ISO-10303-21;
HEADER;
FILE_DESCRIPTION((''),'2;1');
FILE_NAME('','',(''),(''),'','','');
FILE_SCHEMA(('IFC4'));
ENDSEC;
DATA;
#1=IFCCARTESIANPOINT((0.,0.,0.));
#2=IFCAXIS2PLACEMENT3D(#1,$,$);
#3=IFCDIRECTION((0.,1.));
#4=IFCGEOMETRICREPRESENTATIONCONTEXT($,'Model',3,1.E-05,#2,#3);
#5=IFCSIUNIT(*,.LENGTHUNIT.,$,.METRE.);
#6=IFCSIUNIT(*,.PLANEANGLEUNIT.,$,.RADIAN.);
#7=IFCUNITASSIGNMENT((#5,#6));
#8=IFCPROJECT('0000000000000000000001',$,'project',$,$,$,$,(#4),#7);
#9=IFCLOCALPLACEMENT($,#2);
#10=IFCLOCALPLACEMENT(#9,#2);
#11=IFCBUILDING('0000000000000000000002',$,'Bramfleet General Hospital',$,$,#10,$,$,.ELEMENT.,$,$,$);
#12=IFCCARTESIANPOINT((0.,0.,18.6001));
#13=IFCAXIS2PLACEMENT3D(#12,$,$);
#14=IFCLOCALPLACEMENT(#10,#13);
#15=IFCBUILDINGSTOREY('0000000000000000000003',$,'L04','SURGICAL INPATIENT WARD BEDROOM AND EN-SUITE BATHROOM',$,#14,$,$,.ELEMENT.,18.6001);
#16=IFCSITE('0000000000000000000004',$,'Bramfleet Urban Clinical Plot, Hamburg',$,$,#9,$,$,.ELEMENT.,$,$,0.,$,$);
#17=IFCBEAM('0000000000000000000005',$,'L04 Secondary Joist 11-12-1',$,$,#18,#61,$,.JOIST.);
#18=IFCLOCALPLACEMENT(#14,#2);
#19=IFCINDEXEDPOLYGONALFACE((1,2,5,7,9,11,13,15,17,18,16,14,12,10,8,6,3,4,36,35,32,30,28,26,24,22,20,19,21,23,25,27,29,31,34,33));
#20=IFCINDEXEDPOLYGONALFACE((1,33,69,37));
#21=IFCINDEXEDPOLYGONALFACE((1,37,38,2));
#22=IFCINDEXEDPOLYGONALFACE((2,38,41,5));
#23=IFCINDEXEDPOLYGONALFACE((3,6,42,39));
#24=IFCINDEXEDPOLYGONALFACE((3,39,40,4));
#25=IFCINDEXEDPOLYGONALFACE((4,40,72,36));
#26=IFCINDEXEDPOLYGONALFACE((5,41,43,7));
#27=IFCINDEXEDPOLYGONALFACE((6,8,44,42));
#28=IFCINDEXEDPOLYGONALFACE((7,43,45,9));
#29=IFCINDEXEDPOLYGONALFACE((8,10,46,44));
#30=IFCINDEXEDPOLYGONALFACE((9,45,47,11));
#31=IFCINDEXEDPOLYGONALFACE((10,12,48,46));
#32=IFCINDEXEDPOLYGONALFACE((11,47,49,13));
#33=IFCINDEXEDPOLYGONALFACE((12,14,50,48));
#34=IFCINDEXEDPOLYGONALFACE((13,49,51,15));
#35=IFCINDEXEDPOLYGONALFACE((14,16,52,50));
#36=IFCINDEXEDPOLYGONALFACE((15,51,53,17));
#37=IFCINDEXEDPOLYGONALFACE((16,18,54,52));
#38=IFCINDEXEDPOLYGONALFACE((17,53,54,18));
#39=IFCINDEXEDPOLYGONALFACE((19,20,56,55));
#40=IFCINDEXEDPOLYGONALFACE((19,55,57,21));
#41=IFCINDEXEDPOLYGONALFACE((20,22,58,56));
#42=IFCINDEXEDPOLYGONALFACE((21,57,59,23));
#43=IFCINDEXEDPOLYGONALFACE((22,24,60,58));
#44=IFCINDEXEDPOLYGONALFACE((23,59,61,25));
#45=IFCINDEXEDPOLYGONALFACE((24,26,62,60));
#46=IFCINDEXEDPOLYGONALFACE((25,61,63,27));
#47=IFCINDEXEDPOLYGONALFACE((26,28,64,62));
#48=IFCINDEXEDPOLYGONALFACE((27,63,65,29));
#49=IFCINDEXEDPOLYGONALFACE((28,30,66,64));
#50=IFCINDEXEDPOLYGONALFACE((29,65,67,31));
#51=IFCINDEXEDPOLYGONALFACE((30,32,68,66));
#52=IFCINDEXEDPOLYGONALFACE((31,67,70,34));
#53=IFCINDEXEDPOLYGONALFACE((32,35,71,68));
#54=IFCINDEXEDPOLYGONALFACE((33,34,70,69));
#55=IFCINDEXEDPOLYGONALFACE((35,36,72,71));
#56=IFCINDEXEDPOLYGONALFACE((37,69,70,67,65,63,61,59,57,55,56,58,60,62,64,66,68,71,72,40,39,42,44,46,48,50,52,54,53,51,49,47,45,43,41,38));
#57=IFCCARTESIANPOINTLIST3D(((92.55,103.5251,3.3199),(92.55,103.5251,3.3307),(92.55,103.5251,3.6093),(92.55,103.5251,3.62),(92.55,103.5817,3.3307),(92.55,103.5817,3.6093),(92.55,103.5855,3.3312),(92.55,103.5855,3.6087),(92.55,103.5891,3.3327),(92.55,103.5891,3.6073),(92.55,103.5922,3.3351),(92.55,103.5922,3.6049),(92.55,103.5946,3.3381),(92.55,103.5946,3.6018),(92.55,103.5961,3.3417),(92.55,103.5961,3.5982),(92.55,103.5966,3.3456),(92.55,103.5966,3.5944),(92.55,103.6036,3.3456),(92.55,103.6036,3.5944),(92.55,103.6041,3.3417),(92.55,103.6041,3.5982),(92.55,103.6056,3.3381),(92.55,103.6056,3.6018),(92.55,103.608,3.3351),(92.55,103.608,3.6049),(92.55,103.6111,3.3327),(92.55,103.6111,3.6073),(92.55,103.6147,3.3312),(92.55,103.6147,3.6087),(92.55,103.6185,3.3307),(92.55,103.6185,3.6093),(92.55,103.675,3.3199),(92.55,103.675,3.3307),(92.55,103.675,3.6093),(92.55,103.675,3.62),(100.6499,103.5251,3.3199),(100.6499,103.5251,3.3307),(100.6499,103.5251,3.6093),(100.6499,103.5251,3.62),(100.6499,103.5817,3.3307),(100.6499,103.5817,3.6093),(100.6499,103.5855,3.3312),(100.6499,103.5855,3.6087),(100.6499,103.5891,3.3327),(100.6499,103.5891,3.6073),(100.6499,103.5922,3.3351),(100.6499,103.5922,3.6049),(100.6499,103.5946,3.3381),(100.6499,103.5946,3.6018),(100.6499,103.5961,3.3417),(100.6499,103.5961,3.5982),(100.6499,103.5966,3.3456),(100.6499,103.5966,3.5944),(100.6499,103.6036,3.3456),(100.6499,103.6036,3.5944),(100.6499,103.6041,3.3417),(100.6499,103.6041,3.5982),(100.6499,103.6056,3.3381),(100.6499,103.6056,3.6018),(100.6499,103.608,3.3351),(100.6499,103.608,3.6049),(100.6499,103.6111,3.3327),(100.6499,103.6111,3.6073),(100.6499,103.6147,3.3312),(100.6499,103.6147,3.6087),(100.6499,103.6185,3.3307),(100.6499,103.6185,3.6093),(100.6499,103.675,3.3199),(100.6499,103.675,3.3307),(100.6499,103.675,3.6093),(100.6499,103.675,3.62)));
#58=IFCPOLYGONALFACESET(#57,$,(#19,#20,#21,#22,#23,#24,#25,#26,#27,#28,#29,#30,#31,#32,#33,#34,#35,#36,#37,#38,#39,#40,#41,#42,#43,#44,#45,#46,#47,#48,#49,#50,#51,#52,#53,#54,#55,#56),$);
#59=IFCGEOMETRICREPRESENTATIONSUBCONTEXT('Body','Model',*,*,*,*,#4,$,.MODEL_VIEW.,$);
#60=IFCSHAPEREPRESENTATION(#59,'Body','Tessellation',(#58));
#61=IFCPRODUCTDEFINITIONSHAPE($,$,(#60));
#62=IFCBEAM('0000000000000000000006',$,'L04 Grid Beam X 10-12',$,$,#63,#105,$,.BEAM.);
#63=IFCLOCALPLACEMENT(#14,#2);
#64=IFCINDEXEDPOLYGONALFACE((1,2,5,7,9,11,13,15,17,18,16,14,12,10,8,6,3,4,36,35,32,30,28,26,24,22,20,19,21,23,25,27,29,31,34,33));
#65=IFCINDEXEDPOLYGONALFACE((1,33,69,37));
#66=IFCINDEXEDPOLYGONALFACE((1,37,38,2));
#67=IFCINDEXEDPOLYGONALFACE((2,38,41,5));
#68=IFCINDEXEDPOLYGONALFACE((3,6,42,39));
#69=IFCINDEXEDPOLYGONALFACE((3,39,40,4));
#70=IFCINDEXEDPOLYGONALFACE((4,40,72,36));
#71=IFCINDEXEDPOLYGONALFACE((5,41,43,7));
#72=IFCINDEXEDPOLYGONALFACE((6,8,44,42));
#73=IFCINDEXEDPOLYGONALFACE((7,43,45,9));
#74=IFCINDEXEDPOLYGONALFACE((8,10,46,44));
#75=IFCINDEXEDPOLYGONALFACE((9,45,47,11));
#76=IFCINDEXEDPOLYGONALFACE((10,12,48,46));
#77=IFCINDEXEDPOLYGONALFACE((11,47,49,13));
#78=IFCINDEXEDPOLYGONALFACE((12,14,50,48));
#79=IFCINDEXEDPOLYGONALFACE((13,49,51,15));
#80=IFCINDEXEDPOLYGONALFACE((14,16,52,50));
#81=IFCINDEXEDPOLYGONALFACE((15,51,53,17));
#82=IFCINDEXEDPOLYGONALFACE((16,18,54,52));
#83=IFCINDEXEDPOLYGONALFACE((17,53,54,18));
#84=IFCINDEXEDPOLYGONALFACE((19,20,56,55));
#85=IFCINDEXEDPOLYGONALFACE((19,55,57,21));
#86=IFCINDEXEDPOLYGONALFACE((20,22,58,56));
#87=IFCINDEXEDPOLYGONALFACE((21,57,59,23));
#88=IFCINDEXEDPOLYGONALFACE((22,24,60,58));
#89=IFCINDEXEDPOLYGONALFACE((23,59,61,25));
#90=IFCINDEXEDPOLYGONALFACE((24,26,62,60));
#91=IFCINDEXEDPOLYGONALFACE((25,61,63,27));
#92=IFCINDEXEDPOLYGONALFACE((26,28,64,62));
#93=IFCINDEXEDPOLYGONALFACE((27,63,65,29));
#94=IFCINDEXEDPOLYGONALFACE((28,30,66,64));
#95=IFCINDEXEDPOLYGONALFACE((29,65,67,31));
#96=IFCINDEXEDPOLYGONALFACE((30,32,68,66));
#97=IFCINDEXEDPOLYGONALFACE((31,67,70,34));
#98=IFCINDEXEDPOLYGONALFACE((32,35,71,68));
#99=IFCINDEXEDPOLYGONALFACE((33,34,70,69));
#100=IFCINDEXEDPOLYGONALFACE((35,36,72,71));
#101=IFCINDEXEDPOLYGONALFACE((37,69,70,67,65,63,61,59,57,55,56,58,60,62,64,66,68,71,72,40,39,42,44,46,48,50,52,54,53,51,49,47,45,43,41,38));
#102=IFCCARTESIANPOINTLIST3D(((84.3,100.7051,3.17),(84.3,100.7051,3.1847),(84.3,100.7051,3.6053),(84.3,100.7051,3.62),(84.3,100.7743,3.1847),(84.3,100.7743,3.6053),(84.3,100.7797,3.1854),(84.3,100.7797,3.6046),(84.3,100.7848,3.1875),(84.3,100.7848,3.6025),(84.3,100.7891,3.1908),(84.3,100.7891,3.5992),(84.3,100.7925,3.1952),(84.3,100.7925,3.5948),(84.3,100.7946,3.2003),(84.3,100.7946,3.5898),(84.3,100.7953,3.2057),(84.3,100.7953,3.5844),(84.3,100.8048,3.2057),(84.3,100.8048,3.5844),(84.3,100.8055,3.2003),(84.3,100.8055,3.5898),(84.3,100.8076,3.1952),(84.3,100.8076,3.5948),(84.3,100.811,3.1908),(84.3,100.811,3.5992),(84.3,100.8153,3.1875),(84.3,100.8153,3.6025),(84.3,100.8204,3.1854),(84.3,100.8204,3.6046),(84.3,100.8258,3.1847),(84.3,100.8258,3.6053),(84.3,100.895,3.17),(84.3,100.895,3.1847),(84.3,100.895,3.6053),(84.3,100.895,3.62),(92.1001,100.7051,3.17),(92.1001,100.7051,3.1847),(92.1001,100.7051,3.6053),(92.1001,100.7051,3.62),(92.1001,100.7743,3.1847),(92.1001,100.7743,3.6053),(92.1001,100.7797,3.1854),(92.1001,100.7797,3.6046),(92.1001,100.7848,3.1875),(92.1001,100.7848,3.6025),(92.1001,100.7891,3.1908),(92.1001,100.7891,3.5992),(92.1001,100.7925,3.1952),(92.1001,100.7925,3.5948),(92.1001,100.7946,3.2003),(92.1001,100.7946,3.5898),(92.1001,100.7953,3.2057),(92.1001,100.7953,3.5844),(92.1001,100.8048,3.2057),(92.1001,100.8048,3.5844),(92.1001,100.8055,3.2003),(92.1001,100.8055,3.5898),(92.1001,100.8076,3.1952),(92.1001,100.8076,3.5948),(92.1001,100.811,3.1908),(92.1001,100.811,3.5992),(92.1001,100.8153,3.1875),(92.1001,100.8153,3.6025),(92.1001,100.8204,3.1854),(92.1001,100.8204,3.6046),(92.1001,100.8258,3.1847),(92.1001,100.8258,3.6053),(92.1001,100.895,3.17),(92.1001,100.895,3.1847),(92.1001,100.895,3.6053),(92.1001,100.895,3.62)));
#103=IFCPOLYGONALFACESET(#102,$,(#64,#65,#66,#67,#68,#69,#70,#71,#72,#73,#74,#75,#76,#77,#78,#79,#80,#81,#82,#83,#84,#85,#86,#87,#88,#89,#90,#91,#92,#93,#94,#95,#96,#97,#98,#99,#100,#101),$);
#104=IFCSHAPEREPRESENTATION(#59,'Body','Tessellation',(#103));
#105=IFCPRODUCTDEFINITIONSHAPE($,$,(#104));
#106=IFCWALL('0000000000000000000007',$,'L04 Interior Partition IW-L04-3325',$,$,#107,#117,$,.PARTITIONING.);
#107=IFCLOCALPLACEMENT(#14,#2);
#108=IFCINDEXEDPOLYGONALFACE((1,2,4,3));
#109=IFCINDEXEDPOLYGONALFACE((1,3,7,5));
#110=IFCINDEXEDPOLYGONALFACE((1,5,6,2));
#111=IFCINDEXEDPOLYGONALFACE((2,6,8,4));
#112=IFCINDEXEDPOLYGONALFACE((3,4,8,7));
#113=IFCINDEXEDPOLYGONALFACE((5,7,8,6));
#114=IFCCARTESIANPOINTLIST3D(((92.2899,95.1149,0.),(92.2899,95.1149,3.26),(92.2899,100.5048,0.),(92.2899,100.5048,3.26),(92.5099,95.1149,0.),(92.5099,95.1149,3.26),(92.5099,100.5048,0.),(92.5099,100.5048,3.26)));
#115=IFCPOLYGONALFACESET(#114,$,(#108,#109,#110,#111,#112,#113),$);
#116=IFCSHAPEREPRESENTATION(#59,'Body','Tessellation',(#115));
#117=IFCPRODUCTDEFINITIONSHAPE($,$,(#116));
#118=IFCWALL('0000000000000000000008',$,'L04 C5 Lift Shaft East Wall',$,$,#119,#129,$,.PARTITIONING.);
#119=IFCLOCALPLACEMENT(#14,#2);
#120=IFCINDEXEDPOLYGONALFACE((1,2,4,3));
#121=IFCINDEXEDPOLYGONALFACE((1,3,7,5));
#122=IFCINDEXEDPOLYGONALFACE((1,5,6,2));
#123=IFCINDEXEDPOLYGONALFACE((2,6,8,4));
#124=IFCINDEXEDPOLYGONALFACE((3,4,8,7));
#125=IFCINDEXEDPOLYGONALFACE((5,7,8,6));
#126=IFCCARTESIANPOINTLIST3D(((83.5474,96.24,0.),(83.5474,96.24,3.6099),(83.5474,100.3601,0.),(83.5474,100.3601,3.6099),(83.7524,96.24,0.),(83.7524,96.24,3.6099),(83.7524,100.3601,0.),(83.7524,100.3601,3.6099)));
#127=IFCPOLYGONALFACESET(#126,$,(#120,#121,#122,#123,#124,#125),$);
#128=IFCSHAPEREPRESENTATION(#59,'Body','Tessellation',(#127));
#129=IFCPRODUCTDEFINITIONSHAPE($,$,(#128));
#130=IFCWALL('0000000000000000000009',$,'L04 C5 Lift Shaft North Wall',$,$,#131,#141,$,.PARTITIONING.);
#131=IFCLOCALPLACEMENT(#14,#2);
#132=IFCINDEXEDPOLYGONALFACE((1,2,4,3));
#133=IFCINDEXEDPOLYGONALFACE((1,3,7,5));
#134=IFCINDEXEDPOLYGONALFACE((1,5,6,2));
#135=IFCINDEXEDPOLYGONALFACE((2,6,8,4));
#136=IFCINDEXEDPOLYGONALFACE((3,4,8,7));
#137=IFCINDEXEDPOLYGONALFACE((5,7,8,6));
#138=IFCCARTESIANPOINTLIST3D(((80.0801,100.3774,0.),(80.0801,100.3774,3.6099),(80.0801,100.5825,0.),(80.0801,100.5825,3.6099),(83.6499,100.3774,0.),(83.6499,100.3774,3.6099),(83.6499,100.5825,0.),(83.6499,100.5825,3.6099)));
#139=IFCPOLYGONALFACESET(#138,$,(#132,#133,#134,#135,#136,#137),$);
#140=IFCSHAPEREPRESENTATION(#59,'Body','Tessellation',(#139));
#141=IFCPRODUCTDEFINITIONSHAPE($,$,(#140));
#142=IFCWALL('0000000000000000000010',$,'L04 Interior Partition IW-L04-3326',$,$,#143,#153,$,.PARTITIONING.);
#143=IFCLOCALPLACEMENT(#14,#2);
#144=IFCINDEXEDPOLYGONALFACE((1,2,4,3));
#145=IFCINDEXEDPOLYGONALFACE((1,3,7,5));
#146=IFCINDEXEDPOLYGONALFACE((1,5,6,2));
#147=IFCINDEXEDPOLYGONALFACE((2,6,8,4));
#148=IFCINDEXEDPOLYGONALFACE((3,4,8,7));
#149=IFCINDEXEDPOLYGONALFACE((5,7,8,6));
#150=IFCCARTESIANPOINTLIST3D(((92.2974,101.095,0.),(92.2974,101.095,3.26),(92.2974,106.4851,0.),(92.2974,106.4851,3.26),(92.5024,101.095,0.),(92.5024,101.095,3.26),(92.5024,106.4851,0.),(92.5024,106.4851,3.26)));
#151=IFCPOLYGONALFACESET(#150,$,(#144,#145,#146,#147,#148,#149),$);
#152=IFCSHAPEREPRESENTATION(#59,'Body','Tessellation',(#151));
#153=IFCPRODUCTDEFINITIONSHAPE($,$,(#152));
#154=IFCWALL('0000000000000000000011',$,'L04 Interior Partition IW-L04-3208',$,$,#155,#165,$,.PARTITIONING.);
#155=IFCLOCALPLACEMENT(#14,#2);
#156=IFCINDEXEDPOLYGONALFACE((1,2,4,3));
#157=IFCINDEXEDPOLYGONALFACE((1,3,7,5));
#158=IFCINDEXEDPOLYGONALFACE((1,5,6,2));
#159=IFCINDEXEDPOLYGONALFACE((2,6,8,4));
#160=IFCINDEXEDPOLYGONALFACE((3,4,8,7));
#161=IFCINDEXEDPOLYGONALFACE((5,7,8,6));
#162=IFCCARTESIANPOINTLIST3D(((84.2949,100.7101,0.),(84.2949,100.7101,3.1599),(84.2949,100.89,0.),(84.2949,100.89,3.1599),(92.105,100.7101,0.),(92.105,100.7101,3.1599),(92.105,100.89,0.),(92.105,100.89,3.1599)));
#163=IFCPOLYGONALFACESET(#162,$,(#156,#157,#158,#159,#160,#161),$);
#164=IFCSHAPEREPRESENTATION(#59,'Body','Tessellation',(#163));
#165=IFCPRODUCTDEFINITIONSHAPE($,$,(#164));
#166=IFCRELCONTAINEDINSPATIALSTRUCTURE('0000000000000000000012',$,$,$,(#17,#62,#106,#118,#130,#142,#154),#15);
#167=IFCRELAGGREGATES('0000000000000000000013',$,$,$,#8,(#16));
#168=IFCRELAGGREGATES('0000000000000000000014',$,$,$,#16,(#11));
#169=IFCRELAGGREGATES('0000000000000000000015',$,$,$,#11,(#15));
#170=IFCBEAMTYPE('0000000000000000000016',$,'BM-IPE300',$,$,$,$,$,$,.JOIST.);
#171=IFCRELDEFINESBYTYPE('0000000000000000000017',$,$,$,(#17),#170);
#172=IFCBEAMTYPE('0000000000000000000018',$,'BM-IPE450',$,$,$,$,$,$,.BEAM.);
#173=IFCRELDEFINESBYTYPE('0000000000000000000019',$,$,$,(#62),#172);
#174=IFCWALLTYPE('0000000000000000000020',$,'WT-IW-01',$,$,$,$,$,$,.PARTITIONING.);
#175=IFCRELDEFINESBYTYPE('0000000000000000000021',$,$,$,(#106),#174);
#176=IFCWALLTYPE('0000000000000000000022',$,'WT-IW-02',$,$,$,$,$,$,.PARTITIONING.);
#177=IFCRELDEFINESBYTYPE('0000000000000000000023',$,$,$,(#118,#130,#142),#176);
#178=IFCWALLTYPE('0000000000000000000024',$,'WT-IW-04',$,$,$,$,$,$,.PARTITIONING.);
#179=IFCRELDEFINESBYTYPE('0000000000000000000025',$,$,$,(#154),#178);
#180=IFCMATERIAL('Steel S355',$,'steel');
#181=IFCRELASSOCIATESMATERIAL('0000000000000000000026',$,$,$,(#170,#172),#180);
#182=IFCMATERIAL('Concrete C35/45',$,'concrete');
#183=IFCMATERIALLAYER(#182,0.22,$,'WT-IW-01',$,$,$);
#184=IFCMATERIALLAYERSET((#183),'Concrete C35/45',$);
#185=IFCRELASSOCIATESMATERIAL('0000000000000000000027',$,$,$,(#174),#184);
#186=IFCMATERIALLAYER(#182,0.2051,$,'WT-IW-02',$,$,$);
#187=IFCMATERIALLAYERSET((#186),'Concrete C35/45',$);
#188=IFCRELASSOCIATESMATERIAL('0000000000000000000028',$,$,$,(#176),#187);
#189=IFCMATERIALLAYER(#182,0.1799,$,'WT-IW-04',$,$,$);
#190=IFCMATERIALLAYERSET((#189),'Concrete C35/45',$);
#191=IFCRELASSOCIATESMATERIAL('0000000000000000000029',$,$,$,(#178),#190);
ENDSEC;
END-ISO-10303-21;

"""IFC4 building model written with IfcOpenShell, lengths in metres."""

from ifc_helpers import new_model, si_unit, direction, frame, frame_2d, origin, origin_2d, place, context, subcontext, project, spatial, rectangle, i_section, extrude, material, layer, layer_set, material_profile, profile_set, type_object, element, save


model = new_model("IFC4")

# Units and contexts
model_context = context("Model", 3, precision=1e-05, world=origin(), true_north=direction((0.0, 1.0)))
body_context = subcontext(model_context, "Body", "Model", "MODEL_VIEW")
ifc_project = project(units=[si_unit("LENGTHUNIT", "METRE"), si_unit("PLANEANGLEUNIT", "RADIAN")], contexts=[model_context])

# Site, building, storey
site_placement = place(None, origin())
site = spatial("IfcSite", under=ifc_project, at=site_placement, Name="Bramfleet Urban Clinical Plot, Hamburg", CompositionType="ELEMENT", RefElevation=0.0)
building_placement = place(site_placement, origin())
building = spatial("IfcBuilding", under=site, at=building_placement, Name="Bramfleet General Hospital", CompositionType="ELEMENT")
storey_placement = place(building_placement, frame((0.0, 0.0, 18.6001)))
storey = spatial("IfcBuildingStorey", under=building, at=storey_placement, Name="L04", Description="SURGICAL INPATIENT WARD BEDROOM AND EN-SUITE BATHROOM", CompositionType="ELEMENT", Elevation=18.6001)

# Beams
ifc_material_1 = material(Name="Steel S355", Category="steel")
ifc_material_profile_1 = material_profile(ifc_material_1, i_section(OverallWidth=0.1499, OverallDepth=0.3, WebThickness=0.0071, FlangeThickness=0.0107, FilletRadius=0.0149, at=origin_2d()), Name="IPE 300")
ifc_profile_set_1 = profile_set([ifc_material_profile_1], Name="Steel S355")
beam_type_1 = type_object("IfcBeamType", Name="BM-IPE300", PredefinedType="JOIST", material=ifc_profile_set_1)
for number, where, z_axis, x_axis, name in (
    (1, (92.55, 103.6001, 3.47), (1.0, 0.0, 0.0), (0.0, 1.0, 0.0), "L04 Secondary Joist 11-12-1"),
):
    element("IfcBeam", number, at=place(storey_placement, frame(where, z_axis=z_axis, x_axis=x_axis)), inside=storey, type_object=beam_type_1, Name=name, PredefinedType="JOIST", context=body_context, shape_type="SweptSolid", body=[
        extrude(i_section(OverallWidth=0.1499, OverallDepth=0.3, WebThickness=0.0071, FlangeThickness=0.0107, FilletRadius=0.0149, at=origin_2d()), origin(), (0.0, 0.0, 1.0), 8.0999),
    ])
ifc_material_profile_2 = material_profile(ifc_material_1, i_section(OverallWidth=0.1899, OverallDepth=0.45, WebThickness=0.0095, FlangeThickness=0.0146, FilletRadius=0.021, at=origin_2d()), Name="IPE 450")
ifc_profile_set_2 = profile_set([ifc_material_profile_2], Name="Steel S355")
beam_type_2 = type_object("IfcBeamType", Name="BM-IPE450", PredefinedType="BEAM", material=ifc_profile_set_2)
beam_placement = place(storey_placement, frame((84.3, 100.8, 3.395), z_axis=(1.0, 0.0, 0.0), x_axis=(0.0, 1.0, 0.0)))
element("IfcBeam", 2, at=beam_placement, inside=storey, type_object=beam_type_2, Name="L04 Grid Beam X 10-12", PredefinedType="BEAM", context=body_context, shape_type="SweptSolid", body=[
    extrude(i_section(OverallWidth=0.1899, OverallDepth=0.45, WebThickness=0.0095, FlangeThickness=0.0146, FilletRadius=0.021, at=origin_2d()), origin(), (0.0, 0.0, 1.0), 7.8),
])

# Wall
ifc_material_2 = material(Name="Concrete C35/45", Category="concrete")
ifc_layer_1 = layer(ifc_material_2, 0.22, Name="WT-IW-01")
ifc_layer_set_1 = layer_set([ifc_layer_1], Name="Concrete C35/45")
wall_type_1 = type_object("IfcWallType", Name="WT-IW-01", PredefinedType="PARTITIONING", material=ifc_layer_set_1)
wall_1_placement = place(storey_placement, frame((92.3999, 95.115, 0.0), z_axis=(0.0, 0.0, 1.0), x_axis=(0.0, 1.0, 0.0)))
element("IfcWall", 3, at=wall_1_placement, inside=storey, type_object=wall_type_1, Name="L04 Interior Partition IW-L04-3325", PredefinedType="PARTITIONING", context=body_context, shape_type="SweptSolid", body=[
    extrude(rectangle(XDim=5.3899, YDim=0.22, at=frame_2d((2.6948, 0.0))), origin(), (0.0, 0.0, 1.0), 3.26),
])

# Shared definitions
ifc_layer_2 = layer(ifc_material_2, 0.2051, Name="WT-IW-02")
ifc_layer_set_2 = layer_set([ifc_layer_2], Name="Concrete C35/45")
wall_type_2 = type_object("IfcWallType", Name="WT-IW-02", PredefinedType="PARTITIONING", material=ifc_layer_set_2)

# Walls
wall_2_placement = place(storey_placement, frame((83.6499, 96.24, 0.0), z_axis=(0.0, 0.0, 1.0), x_axis=(0.0, 1.0, 0.0)))
element("IfcWall", 4, at=wall_2_placement, inside=storey, type_object=wall_type_2, Name="L04 C5 Lift Shaft East Wall", PredefinedType="PARTITIONING", context=body_context, shape_type="SweptSolid", body=[
    extrude(rectangle(XDim=4.1201, YDim=0.2051, at=frame_2d((2.0601, 0.0))), origin(), (0.0, 0.0, 1.0), 3.6099),
])
wall_3_placement = place(storey_placement, frame((80.0801, 100.48, 0.0), z_axis=(0.0, 0.0, 1.0), x_axis=(1.0, 0.0, 0.0)))
element("IfcWall", 5, at=wall_3_placement, inside=storey, type_object=wall_type_2, Name="L04 C5 Lift Shaft North Wall", PredefinedType="PARTITIONING", context=body_context, shape_type="SweptSolid", body=[
    extrude(rectangle(XDim=3.5698, YDim=0.2051, at=frame_2d((1.7849, 0.0))), origin(), (0.0, 0.0, 1.0), 3.6099),
])
wall_4_placement = place(storey_placement, frame((92.3999, 101.095, 0.0), z_axis=(0.0, 0.0, 1.0), x_axis=(0.0, 1.0, 0.0)))
element("IfcWall", 6, at=wall_4_placement, inside=storey, type_object=wall_type_2, Name="L04 Interior Partition IW-L04-3326", PredefinedType="PARTITIONING", context=body_context, shape_type="SweptSolid", body=[
    extrude(rectangle(XDim=5.3901, YDim=0.2051, at=frame_2d((2.6951, 0.0))), origin(), (0.0, 0.0, 1.0), 3.26),
])
ifc_layer_3 = layer(ifc_material_2, 0.1799, Name="WT-IW-04")
ifc_layer_set_3 = layer_set([ifc_layer_3], Name="Concrete C35/45")
wall_type_3 = type_object("IfcWallType", Name="WT-IW-04", PredefinedType="PARTITIONING", material=ifc_layer_set_3)
wall_5_placement = place(storey_placement, frame((84.2949, 100.8, 0.0), z_axis=(0.0, 0.0, 1.0), x_axis=(1.0, 0.0, 0.0)))
element("IfcWall", 7, at=wall_5_placement, inside=storey, type_object=wall_type_3, Name="L04 Interior Partition IW-L04-3208", PredefinedType="PARTITIONING", context=body_context, shape_type="SweptSolid", body=[
    extrude(rectangle(XDim=7.8101, YDim=0.1799, at=frame_2d((3.905, 0.0))), origin(), (0.0, 0.0, 1.0), 3.1599),
])

save(model, "model.ifc")
